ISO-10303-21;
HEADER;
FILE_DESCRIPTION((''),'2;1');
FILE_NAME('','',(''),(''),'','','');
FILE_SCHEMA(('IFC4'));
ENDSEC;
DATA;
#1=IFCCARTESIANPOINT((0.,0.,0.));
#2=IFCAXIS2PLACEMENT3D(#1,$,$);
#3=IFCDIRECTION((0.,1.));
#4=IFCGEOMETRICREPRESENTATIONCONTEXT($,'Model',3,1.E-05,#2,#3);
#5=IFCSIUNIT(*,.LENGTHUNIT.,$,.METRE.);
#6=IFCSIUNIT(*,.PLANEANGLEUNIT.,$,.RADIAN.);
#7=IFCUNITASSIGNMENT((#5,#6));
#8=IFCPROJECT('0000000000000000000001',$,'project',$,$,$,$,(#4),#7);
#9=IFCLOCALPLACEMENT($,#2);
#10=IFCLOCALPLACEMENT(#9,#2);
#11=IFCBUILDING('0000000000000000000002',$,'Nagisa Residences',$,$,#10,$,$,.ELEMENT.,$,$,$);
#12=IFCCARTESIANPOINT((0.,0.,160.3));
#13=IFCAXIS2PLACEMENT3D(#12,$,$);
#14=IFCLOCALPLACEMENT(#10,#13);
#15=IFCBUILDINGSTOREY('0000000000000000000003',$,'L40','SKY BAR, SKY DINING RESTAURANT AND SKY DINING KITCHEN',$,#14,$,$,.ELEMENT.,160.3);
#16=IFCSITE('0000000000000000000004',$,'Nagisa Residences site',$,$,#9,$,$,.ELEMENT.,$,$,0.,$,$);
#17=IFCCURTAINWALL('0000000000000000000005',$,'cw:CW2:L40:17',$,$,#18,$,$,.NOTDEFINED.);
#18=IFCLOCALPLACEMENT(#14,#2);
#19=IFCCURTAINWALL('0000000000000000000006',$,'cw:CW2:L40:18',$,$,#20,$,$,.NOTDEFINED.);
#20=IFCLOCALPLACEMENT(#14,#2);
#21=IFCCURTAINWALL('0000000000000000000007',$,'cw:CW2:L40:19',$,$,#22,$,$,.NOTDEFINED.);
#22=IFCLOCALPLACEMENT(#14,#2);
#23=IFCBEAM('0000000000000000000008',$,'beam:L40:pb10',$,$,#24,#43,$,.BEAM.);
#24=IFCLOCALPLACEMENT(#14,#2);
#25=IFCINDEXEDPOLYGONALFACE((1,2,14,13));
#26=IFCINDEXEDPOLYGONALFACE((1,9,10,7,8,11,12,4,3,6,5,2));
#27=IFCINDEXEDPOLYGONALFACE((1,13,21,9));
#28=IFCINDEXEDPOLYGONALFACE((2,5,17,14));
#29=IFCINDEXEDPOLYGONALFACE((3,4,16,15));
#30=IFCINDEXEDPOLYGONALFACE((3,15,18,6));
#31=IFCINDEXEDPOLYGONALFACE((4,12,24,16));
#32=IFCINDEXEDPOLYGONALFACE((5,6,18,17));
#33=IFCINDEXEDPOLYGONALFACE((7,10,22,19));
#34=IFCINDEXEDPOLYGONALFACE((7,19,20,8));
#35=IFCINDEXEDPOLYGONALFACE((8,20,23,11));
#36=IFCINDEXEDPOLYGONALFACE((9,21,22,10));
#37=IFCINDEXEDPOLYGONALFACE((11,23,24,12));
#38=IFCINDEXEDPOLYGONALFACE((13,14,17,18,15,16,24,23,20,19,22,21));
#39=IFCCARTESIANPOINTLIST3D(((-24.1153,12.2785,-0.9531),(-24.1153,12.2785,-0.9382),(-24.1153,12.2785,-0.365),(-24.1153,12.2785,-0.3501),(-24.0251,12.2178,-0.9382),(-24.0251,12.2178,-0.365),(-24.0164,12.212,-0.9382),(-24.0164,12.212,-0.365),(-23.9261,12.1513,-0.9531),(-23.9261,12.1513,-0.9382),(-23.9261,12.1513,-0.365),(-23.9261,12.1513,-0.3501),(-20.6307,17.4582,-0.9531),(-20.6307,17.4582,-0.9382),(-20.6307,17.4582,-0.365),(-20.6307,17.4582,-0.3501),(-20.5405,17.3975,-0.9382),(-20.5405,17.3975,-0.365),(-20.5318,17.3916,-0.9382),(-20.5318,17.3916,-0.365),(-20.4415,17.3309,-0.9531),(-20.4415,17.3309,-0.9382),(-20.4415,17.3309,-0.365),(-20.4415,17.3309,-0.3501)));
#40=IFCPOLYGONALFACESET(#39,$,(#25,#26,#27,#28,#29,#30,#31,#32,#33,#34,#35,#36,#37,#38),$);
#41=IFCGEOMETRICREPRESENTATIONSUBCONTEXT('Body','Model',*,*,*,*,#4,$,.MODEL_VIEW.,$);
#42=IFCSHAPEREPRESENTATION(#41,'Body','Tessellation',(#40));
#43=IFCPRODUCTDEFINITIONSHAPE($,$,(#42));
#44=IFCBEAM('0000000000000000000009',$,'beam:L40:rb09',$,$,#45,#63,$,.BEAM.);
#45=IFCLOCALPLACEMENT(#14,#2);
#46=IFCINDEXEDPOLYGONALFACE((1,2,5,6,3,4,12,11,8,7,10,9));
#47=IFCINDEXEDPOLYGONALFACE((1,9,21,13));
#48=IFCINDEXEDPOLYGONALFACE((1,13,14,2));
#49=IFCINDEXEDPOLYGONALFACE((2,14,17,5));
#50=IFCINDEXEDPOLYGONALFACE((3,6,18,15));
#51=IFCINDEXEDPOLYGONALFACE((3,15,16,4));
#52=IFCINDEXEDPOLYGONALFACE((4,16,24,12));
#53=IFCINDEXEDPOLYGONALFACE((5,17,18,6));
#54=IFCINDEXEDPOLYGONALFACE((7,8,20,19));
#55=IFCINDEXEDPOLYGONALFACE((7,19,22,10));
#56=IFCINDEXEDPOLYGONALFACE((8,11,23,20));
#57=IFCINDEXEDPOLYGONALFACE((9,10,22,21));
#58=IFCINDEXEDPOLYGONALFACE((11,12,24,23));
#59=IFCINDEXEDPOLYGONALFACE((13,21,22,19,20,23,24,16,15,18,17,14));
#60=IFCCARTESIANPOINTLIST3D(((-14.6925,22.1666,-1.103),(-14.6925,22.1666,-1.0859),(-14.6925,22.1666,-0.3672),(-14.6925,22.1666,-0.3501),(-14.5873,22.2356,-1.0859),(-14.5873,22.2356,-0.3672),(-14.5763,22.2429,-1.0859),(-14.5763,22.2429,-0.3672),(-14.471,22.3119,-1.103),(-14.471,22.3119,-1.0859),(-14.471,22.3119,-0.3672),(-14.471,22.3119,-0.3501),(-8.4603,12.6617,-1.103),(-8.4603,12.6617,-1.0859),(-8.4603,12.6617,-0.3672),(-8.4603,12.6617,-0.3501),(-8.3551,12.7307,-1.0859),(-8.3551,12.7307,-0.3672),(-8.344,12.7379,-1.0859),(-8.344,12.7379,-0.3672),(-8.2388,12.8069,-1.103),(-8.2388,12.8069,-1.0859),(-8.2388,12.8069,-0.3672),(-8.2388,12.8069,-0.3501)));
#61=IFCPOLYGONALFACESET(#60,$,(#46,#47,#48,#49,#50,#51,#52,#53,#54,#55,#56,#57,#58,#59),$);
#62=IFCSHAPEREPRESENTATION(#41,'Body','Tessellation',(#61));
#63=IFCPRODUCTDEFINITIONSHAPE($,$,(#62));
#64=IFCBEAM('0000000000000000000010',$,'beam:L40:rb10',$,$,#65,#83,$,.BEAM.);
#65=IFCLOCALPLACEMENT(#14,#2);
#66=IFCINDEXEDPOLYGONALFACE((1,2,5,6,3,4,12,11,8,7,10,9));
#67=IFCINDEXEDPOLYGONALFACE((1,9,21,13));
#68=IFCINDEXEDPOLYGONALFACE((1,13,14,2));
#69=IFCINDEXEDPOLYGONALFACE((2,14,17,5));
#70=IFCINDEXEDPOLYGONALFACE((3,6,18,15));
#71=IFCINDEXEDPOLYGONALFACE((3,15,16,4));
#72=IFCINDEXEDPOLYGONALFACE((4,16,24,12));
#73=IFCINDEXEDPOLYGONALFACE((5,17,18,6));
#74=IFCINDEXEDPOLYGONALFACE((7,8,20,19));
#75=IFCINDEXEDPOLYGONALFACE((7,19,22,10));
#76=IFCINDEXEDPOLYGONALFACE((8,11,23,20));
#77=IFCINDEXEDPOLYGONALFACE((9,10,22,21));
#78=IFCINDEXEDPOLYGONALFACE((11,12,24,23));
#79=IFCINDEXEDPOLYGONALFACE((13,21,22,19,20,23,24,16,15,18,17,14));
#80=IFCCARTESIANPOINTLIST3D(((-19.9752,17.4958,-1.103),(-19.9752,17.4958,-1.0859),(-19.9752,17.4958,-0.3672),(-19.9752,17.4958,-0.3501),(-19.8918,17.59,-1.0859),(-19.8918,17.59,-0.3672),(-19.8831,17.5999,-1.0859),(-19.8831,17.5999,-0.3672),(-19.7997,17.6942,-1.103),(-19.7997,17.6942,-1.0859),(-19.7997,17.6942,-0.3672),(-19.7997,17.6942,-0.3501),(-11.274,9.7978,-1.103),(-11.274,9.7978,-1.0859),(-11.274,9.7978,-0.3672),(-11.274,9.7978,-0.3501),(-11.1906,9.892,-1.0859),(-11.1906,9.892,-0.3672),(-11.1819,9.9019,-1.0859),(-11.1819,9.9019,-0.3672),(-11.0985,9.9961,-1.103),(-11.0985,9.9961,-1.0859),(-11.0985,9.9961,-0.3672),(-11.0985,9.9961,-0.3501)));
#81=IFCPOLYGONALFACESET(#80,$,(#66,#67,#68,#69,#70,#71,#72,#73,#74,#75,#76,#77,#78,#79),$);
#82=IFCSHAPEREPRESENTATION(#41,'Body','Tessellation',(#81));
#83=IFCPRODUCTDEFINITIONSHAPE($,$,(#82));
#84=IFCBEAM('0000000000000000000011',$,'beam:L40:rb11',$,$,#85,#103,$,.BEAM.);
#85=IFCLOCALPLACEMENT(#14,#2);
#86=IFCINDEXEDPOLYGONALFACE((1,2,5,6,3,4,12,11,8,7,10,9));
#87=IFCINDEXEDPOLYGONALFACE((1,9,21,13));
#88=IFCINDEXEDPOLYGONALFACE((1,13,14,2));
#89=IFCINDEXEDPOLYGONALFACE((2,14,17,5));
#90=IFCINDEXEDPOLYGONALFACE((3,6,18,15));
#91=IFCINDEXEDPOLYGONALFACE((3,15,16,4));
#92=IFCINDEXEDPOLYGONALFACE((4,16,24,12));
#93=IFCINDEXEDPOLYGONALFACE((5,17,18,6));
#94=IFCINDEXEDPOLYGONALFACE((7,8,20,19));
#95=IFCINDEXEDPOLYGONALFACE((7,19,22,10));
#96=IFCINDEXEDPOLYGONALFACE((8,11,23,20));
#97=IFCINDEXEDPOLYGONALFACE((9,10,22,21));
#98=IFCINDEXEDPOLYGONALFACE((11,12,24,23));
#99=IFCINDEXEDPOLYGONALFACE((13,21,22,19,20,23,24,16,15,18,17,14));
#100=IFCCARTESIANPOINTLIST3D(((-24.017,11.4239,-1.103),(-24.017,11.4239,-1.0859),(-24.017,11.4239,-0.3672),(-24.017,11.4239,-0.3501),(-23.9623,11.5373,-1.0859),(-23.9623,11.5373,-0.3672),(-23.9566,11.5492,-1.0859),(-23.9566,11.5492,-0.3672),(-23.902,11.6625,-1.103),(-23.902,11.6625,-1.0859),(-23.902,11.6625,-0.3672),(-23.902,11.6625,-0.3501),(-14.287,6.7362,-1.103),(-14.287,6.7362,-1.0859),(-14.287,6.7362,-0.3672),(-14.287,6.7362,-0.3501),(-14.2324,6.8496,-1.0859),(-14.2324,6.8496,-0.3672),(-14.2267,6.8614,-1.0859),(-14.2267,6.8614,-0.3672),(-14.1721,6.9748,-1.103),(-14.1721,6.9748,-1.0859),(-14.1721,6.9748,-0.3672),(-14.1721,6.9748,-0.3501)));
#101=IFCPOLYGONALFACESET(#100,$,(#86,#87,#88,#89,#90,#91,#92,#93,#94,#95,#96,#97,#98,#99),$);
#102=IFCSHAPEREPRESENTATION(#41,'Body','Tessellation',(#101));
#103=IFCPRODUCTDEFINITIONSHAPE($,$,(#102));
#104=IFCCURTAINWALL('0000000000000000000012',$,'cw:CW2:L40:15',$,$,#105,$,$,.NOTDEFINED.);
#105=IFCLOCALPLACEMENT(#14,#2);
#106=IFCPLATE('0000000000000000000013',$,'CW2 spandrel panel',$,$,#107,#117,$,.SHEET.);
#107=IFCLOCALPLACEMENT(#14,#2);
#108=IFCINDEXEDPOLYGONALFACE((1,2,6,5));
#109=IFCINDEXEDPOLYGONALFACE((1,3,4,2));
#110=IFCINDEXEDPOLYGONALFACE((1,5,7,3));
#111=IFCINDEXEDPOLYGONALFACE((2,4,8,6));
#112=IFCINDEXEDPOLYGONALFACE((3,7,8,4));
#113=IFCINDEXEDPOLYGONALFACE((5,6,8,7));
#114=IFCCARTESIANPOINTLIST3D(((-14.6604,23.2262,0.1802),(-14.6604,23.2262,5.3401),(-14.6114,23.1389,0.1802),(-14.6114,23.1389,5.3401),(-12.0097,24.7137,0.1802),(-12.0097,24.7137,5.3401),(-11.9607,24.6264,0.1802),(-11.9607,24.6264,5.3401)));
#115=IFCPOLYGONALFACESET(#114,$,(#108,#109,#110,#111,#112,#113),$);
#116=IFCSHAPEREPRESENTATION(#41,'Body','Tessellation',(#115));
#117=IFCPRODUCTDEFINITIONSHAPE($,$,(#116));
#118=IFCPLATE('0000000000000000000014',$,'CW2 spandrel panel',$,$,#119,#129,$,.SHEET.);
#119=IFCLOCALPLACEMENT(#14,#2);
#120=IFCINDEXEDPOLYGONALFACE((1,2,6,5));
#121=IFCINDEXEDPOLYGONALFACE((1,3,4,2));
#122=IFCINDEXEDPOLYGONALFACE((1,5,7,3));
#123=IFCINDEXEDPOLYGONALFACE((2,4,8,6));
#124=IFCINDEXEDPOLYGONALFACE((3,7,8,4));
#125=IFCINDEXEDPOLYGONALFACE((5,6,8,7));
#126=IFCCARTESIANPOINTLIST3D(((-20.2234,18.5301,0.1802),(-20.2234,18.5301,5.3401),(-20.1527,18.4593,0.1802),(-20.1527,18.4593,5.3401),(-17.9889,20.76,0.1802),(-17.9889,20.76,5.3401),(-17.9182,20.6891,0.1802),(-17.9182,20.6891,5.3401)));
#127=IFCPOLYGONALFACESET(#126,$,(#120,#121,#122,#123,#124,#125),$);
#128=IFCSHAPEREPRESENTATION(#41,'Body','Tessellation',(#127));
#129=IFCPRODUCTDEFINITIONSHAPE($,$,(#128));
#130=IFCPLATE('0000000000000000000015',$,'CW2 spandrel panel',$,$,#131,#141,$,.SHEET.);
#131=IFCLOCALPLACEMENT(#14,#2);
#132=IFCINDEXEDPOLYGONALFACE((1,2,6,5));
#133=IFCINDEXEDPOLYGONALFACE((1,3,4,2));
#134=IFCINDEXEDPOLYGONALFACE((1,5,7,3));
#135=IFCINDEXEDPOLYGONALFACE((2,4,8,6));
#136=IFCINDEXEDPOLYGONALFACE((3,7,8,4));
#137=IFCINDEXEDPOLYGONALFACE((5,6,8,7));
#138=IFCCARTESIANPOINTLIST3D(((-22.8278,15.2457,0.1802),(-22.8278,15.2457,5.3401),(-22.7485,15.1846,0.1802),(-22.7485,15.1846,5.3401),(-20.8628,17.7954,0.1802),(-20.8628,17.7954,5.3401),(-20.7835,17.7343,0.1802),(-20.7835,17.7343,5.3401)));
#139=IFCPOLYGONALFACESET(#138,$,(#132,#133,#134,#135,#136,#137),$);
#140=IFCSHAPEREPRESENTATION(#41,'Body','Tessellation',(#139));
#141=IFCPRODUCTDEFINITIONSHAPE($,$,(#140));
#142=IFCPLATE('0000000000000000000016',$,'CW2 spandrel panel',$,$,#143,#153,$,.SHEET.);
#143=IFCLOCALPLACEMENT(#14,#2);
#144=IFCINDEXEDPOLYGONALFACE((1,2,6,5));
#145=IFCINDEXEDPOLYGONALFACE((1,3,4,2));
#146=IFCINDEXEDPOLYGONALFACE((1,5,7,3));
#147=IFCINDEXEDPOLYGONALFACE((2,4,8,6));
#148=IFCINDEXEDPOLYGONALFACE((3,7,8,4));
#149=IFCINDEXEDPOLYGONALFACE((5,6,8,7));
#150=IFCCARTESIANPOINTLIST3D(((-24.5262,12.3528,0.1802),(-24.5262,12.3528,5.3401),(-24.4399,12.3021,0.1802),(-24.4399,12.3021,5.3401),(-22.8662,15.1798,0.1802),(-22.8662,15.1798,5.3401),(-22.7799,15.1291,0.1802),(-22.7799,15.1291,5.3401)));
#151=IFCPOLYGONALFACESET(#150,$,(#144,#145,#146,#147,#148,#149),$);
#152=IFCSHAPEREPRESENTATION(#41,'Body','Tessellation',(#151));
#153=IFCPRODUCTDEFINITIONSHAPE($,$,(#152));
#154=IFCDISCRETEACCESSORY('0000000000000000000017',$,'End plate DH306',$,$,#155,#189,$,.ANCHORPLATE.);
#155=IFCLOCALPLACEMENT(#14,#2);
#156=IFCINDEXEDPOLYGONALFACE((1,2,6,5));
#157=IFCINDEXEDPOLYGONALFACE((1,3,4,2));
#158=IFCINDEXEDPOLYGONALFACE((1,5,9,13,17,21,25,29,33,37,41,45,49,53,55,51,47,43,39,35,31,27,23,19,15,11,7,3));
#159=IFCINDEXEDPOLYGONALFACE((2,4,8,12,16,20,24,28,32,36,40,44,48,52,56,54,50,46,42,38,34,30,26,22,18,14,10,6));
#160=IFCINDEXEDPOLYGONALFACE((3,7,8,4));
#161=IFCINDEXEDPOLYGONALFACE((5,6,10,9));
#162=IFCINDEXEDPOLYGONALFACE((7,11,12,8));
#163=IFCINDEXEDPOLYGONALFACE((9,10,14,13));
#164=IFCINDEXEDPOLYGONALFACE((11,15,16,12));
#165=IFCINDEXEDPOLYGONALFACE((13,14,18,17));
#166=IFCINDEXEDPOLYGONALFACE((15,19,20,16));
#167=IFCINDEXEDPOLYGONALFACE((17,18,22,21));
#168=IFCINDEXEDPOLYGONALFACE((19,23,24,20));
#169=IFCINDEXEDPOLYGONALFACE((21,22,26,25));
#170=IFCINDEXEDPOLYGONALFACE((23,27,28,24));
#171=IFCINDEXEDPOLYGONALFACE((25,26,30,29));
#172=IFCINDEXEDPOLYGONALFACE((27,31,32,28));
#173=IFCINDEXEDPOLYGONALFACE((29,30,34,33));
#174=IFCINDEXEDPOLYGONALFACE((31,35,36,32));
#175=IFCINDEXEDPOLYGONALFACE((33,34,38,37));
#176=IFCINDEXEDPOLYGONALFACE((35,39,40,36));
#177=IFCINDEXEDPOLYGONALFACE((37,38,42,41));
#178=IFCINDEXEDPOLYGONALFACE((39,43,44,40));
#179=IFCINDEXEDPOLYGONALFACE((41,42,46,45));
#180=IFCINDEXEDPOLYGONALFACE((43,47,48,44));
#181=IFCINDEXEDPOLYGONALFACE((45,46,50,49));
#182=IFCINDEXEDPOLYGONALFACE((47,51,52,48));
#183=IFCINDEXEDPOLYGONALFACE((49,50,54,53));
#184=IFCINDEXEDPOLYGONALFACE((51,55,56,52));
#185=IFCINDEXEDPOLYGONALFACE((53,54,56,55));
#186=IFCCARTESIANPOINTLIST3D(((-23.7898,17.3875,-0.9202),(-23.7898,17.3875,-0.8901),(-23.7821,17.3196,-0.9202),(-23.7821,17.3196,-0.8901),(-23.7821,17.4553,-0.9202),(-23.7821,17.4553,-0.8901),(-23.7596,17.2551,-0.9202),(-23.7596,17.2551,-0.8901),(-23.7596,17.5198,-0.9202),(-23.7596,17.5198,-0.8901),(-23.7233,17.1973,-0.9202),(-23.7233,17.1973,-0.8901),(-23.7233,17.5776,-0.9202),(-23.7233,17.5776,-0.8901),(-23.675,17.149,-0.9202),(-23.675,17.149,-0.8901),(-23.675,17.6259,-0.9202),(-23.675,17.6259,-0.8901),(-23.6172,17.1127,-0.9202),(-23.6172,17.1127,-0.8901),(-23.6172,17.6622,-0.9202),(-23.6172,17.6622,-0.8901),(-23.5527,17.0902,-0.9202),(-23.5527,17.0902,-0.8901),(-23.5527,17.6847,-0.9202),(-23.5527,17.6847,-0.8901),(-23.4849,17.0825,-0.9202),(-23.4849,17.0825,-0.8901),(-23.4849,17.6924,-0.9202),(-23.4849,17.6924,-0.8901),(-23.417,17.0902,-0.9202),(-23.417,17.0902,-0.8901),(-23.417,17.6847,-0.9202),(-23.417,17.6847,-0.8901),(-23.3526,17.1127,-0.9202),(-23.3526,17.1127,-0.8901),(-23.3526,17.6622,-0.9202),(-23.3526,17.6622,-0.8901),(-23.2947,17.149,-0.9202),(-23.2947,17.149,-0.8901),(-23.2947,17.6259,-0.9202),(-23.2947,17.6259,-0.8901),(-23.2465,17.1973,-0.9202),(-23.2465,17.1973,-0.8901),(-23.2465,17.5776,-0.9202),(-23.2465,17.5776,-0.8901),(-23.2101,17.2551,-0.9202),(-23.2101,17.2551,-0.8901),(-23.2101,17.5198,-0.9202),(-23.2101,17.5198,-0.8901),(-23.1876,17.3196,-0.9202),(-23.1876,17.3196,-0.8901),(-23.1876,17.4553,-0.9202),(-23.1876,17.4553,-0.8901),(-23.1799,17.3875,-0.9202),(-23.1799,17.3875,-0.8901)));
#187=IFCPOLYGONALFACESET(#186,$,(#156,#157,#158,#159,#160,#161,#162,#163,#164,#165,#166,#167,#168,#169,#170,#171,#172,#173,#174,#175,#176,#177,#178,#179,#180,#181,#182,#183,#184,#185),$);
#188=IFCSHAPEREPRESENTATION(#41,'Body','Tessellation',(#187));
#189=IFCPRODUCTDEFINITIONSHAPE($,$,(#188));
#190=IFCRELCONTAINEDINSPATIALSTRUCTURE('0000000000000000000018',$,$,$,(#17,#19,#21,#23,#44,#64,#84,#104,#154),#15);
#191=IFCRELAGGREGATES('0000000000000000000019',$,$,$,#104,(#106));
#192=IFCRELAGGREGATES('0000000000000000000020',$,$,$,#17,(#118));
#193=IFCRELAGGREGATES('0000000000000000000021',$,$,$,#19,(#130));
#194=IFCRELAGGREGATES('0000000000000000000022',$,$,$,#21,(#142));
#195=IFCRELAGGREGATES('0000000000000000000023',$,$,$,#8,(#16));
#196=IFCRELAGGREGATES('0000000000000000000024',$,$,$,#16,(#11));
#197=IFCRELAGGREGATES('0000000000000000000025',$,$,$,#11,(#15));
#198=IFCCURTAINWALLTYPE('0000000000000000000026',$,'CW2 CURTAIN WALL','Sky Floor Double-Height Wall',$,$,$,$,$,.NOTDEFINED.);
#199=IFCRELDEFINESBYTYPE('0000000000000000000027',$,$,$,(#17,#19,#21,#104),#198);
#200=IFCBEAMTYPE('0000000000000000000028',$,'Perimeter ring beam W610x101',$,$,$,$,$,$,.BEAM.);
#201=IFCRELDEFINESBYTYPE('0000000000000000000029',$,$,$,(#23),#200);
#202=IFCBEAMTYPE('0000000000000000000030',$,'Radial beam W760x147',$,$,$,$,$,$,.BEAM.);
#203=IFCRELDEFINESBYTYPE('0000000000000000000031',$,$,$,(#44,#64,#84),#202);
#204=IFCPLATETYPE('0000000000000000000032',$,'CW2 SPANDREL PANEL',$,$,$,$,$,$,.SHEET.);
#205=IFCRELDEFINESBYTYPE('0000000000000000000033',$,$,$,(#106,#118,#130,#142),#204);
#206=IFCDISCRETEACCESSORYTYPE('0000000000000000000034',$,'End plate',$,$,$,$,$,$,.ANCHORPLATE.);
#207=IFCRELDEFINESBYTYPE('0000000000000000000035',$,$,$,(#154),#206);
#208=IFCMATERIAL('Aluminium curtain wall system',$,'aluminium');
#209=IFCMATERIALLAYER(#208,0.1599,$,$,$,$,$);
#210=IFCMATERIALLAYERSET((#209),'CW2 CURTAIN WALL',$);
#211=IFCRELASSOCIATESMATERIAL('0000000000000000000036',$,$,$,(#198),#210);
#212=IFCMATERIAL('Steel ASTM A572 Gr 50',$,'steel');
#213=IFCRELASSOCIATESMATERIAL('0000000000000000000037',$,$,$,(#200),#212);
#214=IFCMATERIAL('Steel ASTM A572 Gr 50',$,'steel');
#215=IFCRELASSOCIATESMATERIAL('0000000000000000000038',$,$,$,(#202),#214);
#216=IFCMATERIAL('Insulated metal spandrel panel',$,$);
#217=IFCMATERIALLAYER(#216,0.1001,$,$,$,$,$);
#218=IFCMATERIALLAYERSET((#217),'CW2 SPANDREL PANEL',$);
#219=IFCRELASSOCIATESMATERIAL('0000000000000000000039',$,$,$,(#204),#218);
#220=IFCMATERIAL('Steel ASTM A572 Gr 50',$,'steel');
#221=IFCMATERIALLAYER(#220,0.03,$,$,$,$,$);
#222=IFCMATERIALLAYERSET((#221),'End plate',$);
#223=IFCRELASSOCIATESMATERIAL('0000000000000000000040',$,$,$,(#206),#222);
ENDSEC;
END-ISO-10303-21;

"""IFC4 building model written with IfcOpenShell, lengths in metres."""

from ifc_helpers import new_model, si_unit, direction, frame, origin, origin_2d, place, context, subcontext, project, spatial, rectangle, circle, i_section, extrude, material, layer, layer_set, material_profile, profile_set, type_object, element, aggregate, save


model = new_model("IFC4")

# Units and contexts
model_context = context("Model", 3, precision=1e-05, world=origin(), true_north=direction((0.0, 1.0)))
body_context = subcontext(model_context, "Body", "Model", "MODEL_VIEW")
ifc_project = project(units=[si_unit("LENGTHUNIT", "METRE"), si_unit("PLANEANGLEUNIT", "RADIAN")], contexts=[model_context])

# Site, building, storey
site_placement = place(None, origin())
site = spatial("IfcSite", under=ifc_project, at=site_placement, Name="Nagisa Residences site", CompositionType="ELEMENT", RefElevation=0.0)
building_placement = place(site_placement, origin())
building = spatial("IfcBuilding", under=site, at=building_placement, Name="Nagisa Residences", CompositionType="ELEMENT")
storey_placement = place(building_placement, frame((0.0, 0.0, 160.3)))
storey = spatial("IfcBuildingStorey", under=building, at=storey_placement, Name="L40", Description="SKY BAR, SKY DINING RESTAURANT AND SKY DINING KITCHEN", CompositionType="ELEMENT", Elevation=160.3)

# Curtain walls
ifc_material_1 = material(Name="Aluminium curtain wall system", Category="aluminium")
ifc_layer_1 = layer(ifc_material_1, 0.1599)
ifc_layer_set_1 = layer_set([ifc_layer_1], Name="CW2 CURTAIN WALL")
curtain_wall_type = type_object("IfcCurtainWallType", Name="CW2 CURTAIN WALL", Description="Sky Floor Double-Height Wall", PredefinedType="NOTDEFINED", material=ifc_layer_set_1)
curtain_wall_1_placement = place(storey_placement, origin())
curtain_wall_1 = element("IfcCurtainWall", 1, at=curtain_wall_1_placement, inside=storey, type_object=curtain_wall_type, Name="cw:CW2:L40:17", PredefinedType="NOTDEFINED")
curtain_wall_2_placement = place(storey_placement, origin())
curtain_wall_2 = element("IfcCurtainWall", 2, at=curtain_wall_2_placement, inside=storey, type_object=curtain_wall_type, Name="cw:CW2:L40:18", PredefinedType="NOTDEFINED")
curtain_wall_3_placement = place(storey_placement, origin())
curtain_wall_3 = element("IfcCurtainWall", 3, at=curtain_wall_3_placement, inside=storey, type_object=curtain_wall_type, Name="cw:CW2:L40:19", PredefinedType="NOTDEFINED")

# Beams
ifc_material_2 = material(Name="Steel ASTM A572 Gr 50", Category="steel")
ifc_material_profile_1 = material_profile(ifc_material_2, i_section(OverallWidth=0.228, OverallDepth=0.603, WebThickness=0.0105, FlangeThickness=0.0149, at=origin_2d()), Name="W610x101")
ifc_profile_set_1 = profile_set([ifc_material_profile_1], Name="Steel ASTM A572 Gr 50")
beam_type_1 = type_object("IfcBeamType", Name="Perimeter ring beam W610x101", PredefinedType="BEAM", material=ifc_profile_set_1)
beam_1_placement = place(storey_placement, frame((-20.5361, 17.3945, -0.6516), z_axis=(-0.558188, -0.829715, 0.0), x_axis=(0.829715, -0.558188, 0.0)))
element("IfcBeam", 4, at=beam_1_placement, inside=storey, type_object=beam_type_1, Name="beam:L40:pb10", PredefinedType="BEAM", context=body_context, shape_type="SweptSolid", body=[
    extrude(i_section(OverallWidth=0.228, OverallDepth=0.603, WebThickness=0.0105, FlangeThickness=0.0149, at=origin_2d()), origin(), (0.0, 0.0, 1.0), 6.2427),
])
ifc_material_3 = material(Name="Steel ASTM A572 Gr 50", Category="steel")
ifc_material_profile_2 = material_profile(ifc_material_3, i_section(OverallWidth=0.2649, OverallDepth=0.7529, WebThickness=0.0132, FlangeThickness=0.0171, at=origin_2d()), Name="W760x147")
ifc_profile_set_2 = profile_set([ifc_material_profile_2], Name="Steel ASTM A572 Gr 50")
beam_type_2 = type_object("IfcBeamType", Name="Radial beam W760x147", PredefinedType="BEAM", material=ifc_profile_set_2)
beam_2_placement = place(storey_placement, frame((-14.5818, 22.2393, -0.7266), z_axis=(0.548324, -0.836266, 0.0), x_axis=(0.836266, 0.548324, 0.0)))
element("IfcBeam", 5, at=beam_2_placement, inside=storey, type_object=beam_type_2, Name="beam:L40:rb09", PredefinedType="BEAM", context=body_context, shape_type="SweptSolid", body=[
    extrude(i_section(OverallWidth=0.2649, OverallDepth=0.7529, WebThickness=0.0132, FlangeThickness=0.0171, at=origin_2d()), origin(), (0.0, 0.0, 1.0), 11.366),
])
beam_3_placement = place(storey_placement, frame((-19.8875, 17.595, -0.7266), z_axis=(0.748962, -0.662613, 0.0), x_axis=(0.662613, 0.748962, 0.0)))
element("IfcBeam", 6, at=beam_3_placement, inside=storey, type_object=beam_type_2, Name="beam:L40:rb10", PredefinedType="BEAM", context=body_context, shape_type="SweptSolid", body=[
    extrude(i_section(OverallWidth=0.2649, OverallDepth=0.7529, WebThickness=0.0132, FlangeThickness=0.0171, at=origin_2d()), origin(), (0.0, 0.0, 1.0), 11.6177),
])
beam_4_placement = place(storey_placement, frame((-23.9595, 11.5432, -0.7266), z_axis=(0.900895, -0.434036, 0.0), x_axis=(0.434036, 0.900895, 0.0)))
element("IfcBeam", 7, at=beam_4_placement, inside=storey, type_object=beam_type_2, Name="beam:L40:rb11", PredefinedType="BEAM", context=body_context, shape_type="SweptSolid", body=[
    extrude(i_section(OverallWidth=0.2649, OverallDepth=0.7529, WebThickness=0.0132, FlangeThickness=0.0171, at=origin_2d()), origin(), (0.0, 0.0, 1.0), 10.8003),
])

# Curtain wall, plate
curtain_wall_4_placement = place(storey_placement, origin())
curtain_wall_4 = element("IfcCurtainWall", 8, at=curtain_wall_4_placement, inside=storey, type_object=curtain_wall_type, Name="cw:CW2:L40:15", PredefinedType="NOTDEFINED")
ifc_material_4 = material(Name="Insulated metal spandrel panel")
ifc_layer_2 = layer(ifc_material_4, 0.1001)
ifc_layer_set_2 = layer_set([ifc_layer_2], Name="CW2 SPANDREL PANEL")
plate_type = type_object("IfcPlateType", Name="CW2 SPANDREL PANEL", PredefinedType="SHEET", material=ifc_layer_set_2)
plate_1_placement = place(storey_placement, frame((-13.3105, 23.9263, 0.1802), z_axis=(0.0, 0.0, 1.0), x_axis=(-0.872072, -0.489377, 0.0)))
plate_1 = element("IfcPlate", 9, at=plate_1_placement, type_object=plate_type, Name="CW2 spandrel panel", PredefinedType="SHEET", context=body_context, shape_type="SweptSolid", body=[
    extrude(rectangle(XDim=3.0396, YDim=0.1001, at=origin_2d()), origin(), (0.0, 0.0, 1.0), 5.1599),
])
aggregate(curtain_wall_4, [plate_1])

# Plates
plate_2_placement = place(storey_placement, frame((-19.0708, 19.6096, 0.1802), z_axis=(0.0, 0.0, 1.0), x_axis=(-0.707836, -0.706377, 0.0)))
plate_2 = element("IfcPlate", 10, at=plate_2_placement, type_object=plate_type, Name="CW2 spandrel panel", PredefinedType="SHEET", context=body_context, shape_type="SweptSolid", body=[
    extrude(rectangle(XDim=3.1567, YDim=0.1001, at=origin_2d()), origin(), (0.0, 0.0, 1.0), 5.1599),
])
aggregate(curtain_wall_1, [plate_2])
plate_3_placement = place(storey_placement, frame((-21.8057, 16.49, 0.1802), z_axis=(0.0, 0.0, 1.0), x_axis=(-0.61043, -0.79207, 0.0)))
plate_3 = element("IfcPlate", 11, at=plate_3_placement, type_object=plate_type, Name="CW2 spandrel panel", PredefinedType="SHEET", context=body_context, shape_type="SweptSolid", body=[
    extrude(rectangle(XDim=3.219, YDim=0.1001, at=origin_2d()), origin(), (0.0, 0.0, 1.0), 5.1599),
])
aggregate(curtain_wall_2, [plate_3])
plate_4_placement = place(storey_placement, frame((-23.6531, 13.741, 0.1802), z_axis=(0.0, 0.0, 1.0), x_axis=(-0.506349, -0.862329, 0.0)))
plate_4 = element("IfcPlate", 12, at=plate_4_placement, type_object=plate_type, Name="CW2 spandrel panel", PredefinedType="SHEET", context=body_context, shape_type="SweptSolid", body=[
    extrude(rectangle(XDim=3.2783, YDim=0.1001, at=origin_2d()), origin(), (0.0, 0.0, 1.0), 5.1599),
])
aggregate(curtain_wall_3, [plate_4])

# Discrete accessory
ifc_material_5 = material(Name="Steel ASTM A572 Gr 50", Category="steel")
ifc_layer_3 = layer(ifc_material_5, 0.03)
ifc_layer_set_3 = layer_set([ifc_layer_3], Name="End plate")
discrete_accessory_type = type_object("IfcDiscreteAccessoryType", Name="End plate", PredefinedType="ANCHORPLATE", material=ifc_layer_set_3)
discrete_accessory_placement = place(storey_placement, frame((-23.4849, 17.3875, -0.8901), z_axis=(0.0, 0.0, -1.0), x_axis=(1.0, 0.0, 0.0)))
element("IfcDiscreteAccessory", 13, at=discrete_accessory_placement, inside=storey, type_object=discrete_accessory_type, Name="End plate DH306", PredefinedType="ANCHORPLATE", context=body_context, shape_type="SweptSolid", body=[
    extrude(circle(Radius=0.3049, at=origin_2d()), origin(), (0.0, 0.0, 1.0), 0.03),
])

save(model, "model.ifc")
